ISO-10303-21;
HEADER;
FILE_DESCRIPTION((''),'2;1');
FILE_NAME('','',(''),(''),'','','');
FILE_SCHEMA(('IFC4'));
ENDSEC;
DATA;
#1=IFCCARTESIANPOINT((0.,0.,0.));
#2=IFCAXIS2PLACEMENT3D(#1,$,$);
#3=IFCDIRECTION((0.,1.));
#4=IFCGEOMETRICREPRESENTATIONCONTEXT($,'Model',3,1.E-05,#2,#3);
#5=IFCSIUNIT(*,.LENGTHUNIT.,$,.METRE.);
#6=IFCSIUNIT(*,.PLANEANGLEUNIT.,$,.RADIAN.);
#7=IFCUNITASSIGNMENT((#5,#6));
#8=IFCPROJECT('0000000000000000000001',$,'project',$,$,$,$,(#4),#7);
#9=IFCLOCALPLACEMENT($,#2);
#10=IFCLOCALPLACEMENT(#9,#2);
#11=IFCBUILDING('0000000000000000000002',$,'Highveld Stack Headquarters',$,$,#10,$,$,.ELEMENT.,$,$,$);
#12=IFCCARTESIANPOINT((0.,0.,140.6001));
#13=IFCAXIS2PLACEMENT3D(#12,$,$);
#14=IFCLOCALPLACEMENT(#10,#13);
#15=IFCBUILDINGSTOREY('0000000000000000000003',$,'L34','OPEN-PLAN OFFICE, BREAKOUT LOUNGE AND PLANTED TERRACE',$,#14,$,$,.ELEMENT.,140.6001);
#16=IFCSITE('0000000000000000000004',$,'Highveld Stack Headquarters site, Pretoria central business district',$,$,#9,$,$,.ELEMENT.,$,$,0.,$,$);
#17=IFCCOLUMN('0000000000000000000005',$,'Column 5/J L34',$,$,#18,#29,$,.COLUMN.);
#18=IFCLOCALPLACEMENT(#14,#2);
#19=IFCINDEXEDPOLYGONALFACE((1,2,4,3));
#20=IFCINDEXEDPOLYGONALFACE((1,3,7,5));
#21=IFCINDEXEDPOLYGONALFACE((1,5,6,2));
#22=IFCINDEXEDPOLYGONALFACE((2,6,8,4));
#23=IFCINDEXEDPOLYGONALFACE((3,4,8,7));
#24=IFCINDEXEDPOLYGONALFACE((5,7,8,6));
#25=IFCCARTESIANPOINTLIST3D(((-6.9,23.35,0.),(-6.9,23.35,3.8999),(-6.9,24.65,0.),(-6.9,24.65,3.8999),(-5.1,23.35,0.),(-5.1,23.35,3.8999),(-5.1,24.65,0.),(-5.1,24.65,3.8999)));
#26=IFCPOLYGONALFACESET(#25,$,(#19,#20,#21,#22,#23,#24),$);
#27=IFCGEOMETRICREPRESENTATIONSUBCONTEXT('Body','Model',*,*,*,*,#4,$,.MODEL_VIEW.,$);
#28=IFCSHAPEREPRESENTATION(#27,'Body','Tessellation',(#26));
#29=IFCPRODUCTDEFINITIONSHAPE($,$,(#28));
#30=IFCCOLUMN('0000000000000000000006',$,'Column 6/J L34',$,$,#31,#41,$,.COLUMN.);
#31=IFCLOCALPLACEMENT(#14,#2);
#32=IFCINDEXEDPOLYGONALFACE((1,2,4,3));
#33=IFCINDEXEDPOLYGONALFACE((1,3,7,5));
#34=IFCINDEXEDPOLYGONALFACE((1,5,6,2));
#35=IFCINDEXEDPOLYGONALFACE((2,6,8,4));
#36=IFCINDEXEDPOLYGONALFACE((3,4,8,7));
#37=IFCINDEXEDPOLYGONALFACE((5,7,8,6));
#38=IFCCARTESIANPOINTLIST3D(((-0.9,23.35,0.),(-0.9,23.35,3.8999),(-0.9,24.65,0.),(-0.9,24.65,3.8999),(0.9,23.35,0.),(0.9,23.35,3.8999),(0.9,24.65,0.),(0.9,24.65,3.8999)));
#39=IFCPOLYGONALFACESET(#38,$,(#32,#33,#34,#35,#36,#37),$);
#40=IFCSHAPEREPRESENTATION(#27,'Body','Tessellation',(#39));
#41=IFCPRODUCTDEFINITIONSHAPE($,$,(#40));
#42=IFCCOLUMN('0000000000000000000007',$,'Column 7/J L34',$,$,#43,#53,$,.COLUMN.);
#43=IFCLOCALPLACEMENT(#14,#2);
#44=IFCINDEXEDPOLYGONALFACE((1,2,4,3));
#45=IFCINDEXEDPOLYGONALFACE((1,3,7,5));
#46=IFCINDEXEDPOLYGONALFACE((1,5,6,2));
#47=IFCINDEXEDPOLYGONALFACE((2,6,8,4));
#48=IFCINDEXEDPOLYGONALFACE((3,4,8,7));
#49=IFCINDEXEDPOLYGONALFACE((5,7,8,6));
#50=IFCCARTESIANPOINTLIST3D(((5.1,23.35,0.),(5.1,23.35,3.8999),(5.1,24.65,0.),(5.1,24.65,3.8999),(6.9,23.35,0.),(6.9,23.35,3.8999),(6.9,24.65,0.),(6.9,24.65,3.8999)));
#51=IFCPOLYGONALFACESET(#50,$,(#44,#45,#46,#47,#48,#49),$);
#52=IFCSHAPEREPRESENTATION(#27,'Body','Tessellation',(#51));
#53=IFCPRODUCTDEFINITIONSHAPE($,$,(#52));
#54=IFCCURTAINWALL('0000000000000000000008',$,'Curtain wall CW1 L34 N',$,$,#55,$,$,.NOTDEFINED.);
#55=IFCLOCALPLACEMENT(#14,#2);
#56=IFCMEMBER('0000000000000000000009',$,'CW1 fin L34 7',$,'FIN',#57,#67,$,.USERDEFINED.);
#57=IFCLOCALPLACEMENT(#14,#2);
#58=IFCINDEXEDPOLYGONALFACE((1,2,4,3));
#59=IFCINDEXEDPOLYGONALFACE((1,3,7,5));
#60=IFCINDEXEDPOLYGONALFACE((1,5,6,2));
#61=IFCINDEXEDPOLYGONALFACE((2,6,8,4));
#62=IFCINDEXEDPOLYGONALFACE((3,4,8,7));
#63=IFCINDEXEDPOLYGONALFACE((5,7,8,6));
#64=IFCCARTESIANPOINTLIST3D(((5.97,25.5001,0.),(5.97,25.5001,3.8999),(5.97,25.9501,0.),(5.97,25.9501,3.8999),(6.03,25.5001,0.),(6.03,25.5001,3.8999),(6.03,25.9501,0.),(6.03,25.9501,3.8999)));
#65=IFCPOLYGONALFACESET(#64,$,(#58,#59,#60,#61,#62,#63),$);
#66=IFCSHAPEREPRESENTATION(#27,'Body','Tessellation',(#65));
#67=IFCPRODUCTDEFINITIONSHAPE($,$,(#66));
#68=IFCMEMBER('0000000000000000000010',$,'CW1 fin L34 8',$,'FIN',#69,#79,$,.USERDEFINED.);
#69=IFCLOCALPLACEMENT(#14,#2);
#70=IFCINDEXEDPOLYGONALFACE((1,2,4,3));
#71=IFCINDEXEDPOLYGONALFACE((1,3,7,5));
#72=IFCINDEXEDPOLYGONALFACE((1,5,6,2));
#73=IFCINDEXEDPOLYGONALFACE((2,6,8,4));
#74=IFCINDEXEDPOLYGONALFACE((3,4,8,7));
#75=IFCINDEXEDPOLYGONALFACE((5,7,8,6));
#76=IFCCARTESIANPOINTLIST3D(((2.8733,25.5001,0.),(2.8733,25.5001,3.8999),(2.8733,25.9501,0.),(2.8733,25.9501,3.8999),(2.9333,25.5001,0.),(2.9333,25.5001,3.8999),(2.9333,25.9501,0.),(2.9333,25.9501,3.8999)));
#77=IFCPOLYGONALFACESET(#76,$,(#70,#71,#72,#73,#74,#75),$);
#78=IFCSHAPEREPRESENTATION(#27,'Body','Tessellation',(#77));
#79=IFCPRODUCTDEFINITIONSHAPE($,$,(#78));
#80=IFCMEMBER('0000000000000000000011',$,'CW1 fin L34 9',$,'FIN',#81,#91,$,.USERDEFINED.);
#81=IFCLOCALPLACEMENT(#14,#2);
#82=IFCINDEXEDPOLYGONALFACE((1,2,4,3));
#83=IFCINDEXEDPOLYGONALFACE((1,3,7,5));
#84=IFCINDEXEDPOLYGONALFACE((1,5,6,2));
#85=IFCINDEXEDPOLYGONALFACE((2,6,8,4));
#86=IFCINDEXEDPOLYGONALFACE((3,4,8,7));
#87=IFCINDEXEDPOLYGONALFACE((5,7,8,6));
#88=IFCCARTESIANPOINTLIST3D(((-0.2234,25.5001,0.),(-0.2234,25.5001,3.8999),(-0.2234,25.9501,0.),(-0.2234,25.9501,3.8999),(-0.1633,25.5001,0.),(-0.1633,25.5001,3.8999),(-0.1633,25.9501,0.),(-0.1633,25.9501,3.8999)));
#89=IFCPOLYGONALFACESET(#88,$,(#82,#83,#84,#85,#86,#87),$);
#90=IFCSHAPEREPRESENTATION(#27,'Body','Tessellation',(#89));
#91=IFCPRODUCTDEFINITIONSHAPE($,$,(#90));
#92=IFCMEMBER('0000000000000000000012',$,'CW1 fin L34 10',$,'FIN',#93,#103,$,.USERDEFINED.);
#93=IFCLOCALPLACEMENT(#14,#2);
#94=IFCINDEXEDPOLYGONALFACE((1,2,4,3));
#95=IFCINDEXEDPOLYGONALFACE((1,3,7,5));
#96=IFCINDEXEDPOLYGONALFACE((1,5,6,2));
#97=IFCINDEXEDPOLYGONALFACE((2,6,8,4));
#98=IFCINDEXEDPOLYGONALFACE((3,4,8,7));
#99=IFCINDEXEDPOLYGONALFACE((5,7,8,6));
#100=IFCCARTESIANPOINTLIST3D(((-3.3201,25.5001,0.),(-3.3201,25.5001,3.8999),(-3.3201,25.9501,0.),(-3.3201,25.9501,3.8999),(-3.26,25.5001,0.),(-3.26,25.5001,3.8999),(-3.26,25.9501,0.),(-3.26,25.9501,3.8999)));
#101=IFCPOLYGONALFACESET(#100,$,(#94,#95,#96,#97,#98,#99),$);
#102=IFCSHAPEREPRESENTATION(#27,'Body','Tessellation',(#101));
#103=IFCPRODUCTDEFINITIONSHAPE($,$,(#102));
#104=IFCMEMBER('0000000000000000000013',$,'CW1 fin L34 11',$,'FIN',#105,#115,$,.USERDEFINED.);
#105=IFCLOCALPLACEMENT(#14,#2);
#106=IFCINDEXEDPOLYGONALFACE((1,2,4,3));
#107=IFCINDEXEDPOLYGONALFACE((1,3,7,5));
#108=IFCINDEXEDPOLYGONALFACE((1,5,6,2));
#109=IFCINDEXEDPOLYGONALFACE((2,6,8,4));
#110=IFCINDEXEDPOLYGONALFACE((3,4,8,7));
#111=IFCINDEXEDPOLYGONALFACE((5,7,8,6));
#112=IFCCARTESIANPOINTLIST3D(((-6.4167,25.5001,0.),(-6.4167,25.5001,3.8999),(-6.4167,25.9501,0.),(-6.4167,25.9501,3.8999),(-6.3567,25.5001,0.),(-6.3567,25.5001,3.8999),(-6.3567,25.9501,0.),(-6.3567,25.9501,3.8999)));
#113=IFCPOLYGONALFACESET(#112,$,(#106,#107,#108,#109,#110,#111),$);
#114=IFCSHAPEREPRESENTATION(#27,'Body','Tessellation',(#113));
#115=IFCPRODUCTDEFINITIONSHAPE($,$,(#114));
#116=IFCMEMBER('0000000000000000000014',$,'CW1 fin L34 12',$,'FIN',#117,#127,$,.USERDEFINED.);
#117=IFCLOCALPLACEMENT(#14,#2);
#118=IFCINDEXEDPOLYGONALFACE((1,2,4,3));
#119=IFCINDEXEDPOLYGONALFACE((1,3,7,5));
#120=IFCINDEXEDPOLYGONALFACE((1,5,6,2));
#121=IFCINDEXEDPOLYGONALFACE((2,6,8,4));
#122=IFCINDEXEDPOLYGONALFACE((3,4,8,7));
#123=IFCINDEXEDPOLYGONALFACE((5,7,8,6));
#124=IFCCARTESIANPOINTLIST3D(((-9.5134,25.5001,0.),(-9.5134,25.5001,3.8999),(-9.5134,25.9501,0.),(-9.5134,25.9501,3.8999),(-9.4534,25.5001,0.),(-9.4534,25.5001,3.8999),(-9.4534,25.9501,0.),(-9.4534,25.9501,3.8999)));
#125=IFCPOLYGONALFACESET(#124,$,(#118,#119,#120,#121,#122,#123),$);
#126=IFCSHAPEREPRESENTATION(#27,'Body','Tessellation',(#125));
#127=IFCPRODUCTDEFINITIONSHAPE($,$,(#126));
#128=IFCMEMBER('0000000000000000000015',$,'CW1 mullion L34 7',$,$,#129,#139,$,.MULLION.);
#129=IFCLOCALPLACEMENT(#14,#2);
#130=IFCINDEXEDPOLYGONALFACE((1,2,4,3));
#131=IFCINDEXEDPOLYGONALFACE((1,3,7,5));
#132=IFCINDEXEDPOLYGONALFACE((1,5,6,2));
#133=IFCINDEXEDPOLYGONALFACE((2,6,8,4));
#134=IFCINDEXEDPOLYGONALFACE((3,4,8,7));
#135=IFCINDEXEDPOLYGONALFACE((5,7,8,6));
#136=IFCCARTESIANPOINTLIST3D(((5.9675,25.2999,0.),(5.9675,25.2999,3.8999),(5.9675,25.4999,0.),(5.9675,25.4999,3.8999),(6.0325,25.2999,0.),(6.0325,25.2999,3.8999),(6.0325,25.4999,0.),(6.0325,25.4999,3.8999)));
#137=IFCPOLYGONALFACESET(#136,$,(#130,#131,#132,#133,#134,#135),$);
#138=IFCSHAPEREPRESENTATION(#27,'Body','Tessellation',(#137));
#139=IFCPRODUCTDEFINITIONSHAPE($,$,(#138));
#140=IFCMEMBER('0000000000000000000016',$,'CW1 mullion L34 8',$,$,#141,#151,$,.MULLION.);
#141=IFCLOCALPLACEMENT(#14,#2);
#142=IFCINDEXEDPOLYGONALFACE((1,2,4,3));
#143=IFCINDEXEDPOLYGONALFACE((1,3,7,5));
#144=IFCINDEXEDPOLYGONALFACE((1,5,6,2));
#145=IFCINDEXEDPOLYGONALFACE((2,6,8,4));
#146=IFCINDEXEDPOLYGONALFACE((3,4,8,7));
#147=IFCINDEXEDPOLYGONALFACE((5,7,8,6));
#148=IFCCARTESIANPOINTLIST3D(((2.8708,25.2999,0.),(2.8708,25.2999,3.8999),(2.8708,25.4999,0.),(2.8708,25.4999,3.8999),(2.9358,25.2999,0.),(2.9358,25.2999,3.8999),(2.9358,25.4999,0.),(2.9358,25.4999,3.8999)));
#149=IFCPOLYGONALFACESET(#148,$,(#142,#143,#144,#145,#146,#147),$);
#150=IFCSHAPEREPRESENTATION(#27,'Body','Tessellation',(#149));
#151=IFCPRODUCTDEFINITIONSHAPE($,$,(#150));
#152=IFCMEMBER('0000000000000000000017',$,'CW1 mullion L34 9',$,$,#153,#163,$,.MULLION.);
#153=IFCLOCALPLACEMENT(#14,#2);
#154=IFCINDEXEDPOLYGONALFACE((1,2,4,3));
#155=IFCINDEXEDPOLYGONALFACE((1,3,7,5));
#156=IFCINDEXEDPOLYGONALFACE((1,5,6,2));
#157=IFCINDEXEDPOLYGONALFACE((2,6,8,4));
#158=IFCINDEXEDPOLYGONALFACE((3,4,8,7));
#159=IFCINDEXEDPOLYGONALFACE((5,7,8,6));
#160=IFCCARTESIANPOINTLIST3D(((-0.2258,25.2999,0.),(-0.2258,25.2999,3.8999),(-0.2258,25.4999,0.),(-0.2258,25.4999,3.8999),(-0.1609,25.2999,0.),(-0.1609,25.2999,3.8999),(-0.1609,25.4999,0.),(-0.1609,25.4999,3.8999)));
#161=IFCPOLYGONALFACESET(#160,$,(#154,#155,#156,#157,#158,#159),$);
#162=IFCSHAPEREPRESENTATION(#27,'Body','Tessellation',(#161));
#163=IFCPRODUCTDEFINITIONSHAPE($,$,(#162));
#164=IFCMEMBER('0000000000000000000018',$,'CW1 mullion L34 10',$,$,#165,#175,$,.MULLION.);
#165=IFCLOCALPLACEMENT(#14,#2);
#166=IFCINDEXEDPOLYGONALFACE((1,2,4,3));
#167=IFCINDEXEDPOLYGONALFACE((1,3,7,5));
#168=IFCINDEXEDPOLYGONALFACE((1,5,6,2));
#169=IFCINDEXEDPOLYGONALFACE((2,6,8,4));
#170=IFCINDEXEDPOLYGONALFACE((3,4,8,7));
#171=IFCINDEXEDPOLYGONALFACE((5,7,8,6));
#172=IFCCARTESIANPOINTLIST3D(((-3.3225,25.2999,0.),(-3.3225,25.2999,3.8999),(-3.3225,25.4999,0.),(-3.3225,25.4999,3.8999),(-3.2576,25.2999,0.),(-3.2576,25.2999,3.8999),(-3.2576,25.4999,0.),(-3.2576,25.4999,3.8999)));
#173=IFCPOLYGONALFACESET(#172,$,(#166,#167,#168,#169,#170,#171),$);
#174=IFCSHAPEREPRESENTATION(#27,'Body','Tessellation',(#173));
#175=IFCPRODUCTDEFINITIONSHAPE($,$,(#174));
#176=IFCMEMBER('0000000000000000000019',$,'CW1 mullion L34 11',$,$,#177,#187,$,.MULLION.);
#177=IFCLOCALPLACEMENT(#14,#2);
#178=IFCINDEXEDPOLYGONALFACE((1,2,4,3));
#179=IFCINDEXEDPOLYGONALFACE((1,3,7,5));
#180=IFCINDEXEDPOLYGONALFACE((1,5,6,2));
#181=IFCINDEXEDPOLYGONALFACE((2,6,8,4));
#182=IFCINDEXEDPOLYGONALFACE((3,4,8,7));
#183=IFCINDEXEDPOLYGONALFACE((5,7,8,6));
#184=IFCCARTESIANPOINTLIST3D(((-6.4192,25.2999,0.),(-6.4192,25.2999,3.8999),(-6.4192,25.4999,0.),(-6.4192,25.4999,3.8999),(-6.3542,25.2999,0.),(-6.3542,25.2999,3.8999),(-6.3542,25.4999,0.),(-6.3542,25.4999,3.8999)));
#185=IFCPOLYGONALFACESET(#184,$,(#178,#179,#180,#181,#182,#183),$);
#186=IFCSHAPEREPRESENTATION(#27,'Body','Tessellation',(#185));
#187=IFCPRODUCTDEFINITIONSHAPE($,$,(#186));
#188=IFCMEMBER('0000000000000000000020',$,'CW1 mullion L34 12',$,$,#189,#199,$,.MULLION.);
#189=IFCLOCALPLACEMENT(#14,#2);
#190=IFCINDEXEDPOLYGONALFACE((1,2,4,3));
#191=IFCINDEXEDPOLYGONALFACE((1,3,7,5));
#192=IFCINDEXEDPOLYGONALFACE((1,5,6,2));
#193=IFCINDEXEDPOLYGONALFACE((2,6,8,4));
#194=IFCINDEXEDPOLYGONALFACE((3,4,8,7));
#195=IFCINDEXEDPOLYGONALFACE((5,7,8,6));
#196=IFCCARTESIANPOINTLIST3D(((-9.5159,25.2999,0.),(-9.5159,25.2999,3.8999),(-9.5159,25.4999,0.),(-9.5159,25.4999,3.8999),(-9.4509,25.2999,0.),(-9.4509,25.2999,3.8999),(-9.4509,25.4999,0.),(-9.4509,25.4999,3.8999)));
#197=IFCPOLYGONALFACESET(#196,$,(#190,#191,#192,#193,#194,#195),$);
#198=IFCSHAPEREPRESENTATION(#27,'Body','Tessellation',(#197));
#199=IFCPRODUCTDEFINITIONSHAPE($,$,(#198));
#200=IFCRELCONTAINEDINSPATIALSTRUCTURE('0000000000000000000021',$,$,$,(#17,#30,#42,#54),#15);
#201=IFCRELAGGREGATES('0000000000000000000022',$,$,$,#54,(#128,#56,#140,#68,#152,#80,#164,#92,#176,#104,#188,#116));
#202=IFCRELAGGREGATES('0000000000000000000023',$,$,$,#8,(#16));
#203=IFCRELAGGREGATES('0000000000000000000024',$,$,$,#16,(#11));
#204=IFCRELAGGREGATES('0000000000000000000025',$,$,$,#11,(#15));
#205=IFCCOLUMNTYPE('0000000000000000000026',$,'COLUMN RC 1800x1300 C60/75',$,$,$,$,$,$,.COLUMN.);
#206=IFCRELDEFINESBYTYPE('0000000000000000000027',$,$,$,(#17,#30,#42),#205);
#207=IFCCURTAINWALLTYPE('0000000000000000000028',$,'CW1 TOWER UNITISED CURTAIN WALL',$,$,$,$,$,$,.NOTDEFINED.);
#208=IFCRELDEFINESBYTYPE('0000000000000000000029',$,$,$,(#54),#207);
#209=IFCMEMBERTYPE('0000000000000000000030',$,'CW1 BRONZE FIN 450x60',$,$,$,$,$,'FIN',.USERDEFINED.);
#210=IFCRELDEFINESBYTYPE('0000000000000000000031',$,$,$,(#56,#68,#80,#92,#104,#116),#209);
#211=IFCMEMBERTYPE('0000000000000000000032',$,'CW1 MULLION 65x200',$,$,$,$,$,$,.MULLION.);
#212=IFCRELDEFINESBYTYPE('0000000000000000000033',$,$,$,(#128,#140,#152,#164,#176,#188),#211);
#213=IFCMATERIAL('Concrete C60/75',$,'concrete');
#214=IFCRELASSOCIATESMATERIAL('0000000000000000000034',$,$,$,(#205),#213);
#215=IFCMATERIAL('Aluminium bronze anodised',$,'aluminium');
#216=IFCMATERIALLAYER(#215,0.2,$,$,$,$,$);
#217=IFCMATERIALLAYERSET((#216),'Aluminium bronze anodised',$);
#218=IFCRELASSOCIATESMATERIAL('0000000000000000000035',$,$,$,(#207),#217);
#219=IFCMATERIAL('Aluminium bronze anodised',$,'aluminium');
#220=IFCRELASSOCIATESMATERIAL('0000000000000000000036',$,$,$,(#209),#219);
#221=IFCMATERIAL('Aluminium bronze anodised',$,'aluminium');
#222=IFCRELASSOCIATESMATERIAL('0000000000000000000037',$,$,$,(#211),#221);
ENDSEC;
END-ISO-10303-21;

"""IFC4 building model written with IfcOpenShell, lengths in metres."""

from ifc_helpers import new_model, si_unit, direction, frame, origin, origin_2d, place, context, subcontext, project, spatial, rectangle, extrude, material, layer, layer_set, material_profile, profile_set, type_object, element, aggregate, save


model = new_model("IFC4")

# Units and contexts
model_context = context("Model", 3, precision=1e-05, world=origin(), true_north=direction((0.0, 1.0)))
body_context = subcontext(model_context, "Body", "Model", "MODEL_VIEW")
ifc_project = project(units=[si_unit("LENGTHUNIT", "METRE"), si_unit("PLANEANGLEUNIT", "RADIAN")], contexts=[model_context])

# Site, building, storey
site_placement = place(None, origin())
site = spatial("IfcSite", under=ifc_project, at=site_placement, Name="Highveld Stack Headquarters site, Pretoria central business district", CompositionType="ELEMENT", RefElevation=0.0)
building_placement = place(site_placement, origin())
building = spatial("IfcBuilding", under=site, at=building_placement, Name="Highveld Stack Headquarters", CompositionType="ELEMENT")
storey_placement = place(building_placement, frame((0.0, 0.0, 140.6001)))
storey = spatial("IfcBuildingStorey", under=building, at=storey_placement, Name="L34", Description="OPEN-PLAN OFFICE, BREAKOUT LOUNGE AND PLANTED TERRACE", CompositionType="ELEMENT", Elevation=140.6001)

# Columns
ifc_material_1 = material(Name="Concrete C60/75", Category="concrete")
ifc_material_profile_1 = material_profile(ifc_material_1, rectangle(XDim=1.8, YDim=1.3, at=origin_2d()), Name="RC 1800x1300")
ifc_profile_set_1 = profile_set([ifc_material_profile_1], Name="Concrete C60/75")
column_type = type_object("IfcColumnType", Name="COLUMN RC 1800x1300 C60/75", PredefinedType="COLUMN", material=ifc_profile_set_1)
for number, where, z_axis, x_axis, name in (
    (1, (-6.0, 24.0, 0.0), (0.0, 0.0, 1.0), (1.0, 0.0, 0.0), "Column 5/J L34"),
    (2, (0.0, 24.0, 0.0), (0.0, 0.0, 1.0), (1.0, 0.0, 0.0), "Column 6/J L34"),
    (3, (6.0, 24.0, 0.0), (0.0, 0.0, 1.0), (1.0, 0.0, 0.0), "Column 7/J L34"),
):
    element("IfcColumn", number, at=place(storey_placement, frame(where, z_axis=z_axis, x_axis=x_axis)), inside=storey, type_object=column_type, Name=name, PredefinedType="COLUMN", context=body_context, shape_type="SweptSolid", body=[
        extrude(rectangle(XDim=1.8, YDim=1.3, at=origin_2d()), origin(), (0.0, 0.0, 1.0), 3.8999),
    ])

# Curtain wall, members
ifc_material_2 = material(Name="Aluminium bronze anodised", Category="aluminium")
ifc_layer_1 = layer(ifc_material_2, 0.2)
ifc_layer_set_1 = layer_set([ifc_layer_1], Name="Aluminium bronze anodised")
curtain_wall_type = type_object("IfcCurtainWallType", Name="CW1 TOWER UNITISED CURTAIN WALL", PredefinedType="NOTDEFINED", material=ifc_layer_set_1)
curtain_wall_placement = place(storey_placement, origin())
curtain_wall = element("IfcCurtainWall", 4, at=curtain_wall_placement, inside=storey, type_object=curtain_wall_type, Name="Curtain wall CW1 L34 N", PredefinedType="NOTDEFINED")
ifc_material_3 = material(Name="Aluminium bronze anodised", Category="aluminium")
ifc_material_profile_2 = material_profile(ifc_material_3, rectangle(XDim=0.45, YDim=0.0601, at=origin_2d()), Name="FIN 450x60")
ifc_profile_set_2 = profile_set([ifc_material_profile_2], Name="Aluminium bronze anodised")
member_type_1 = type_object("IfcMemberType", Name="CW1 BRONZE FIN 450x60", ElementType="FIN", PredefinedType="USERDEFINED", material=ifc_profile_set_2)
member_1_placement = place(storey_placement, frame((6.0, 25.7251, 0.0), z_axis=(0.0, 0.0, 1.0), x_axis=(0.0, -1.0, 0.0)))
member_1 = element("IfcMember", 5, at=member_1_placement, type_object=member_type_1, Name="CW1 fin L34 7", ObjectType="FIN", PredefinedType="USERDEFINED", context=body_context, shape_type="SweptSolid", body=[
    extrude(rectangle(XDim=0.45, YDim=0.0601, at=origin_2d()), origin(), (0.0, 0.0, 1.0), 3.8999),
])
member_2_placement = place(storey_placement, frame((2.9033, 25.7251, 0.0), z_axis=(0.0, 0.0, 1.0), x_axis=(0.0, -1.0, 0.0)))
member_2 = element("IfcMember", 6, at=member_2_placement, type_object=member_type_1, Name="CW1 fin L34 8", ObjectType="FIN", PredefinedType="USERDEFINED", context=body_context, shape_type="SweptSolid", body=[
    extrude(rectangle(XDim=0.45, YDim=0.0601, at=origin_2d()), origin(), (0.0, 0.0, 1.0), 3.8999),
])
member_3_placement = place(storey_placement, frame((-0.1934, 25.7251, 0.0), z_axis=(0.0, 0.0, 1.0), x_axis=(0.0, -1.0, 0.0)))
member_3 = element("IfcMember", 7, at=member_3_placement, type_object=member_type_1, Name="CW1 fin L34 9", ObjectType="FIN", PredefinedType="USERDEFINED", context=body_context, shape_type="SweptSolid", body=[
    extrude(rectangle(XDim=0.45, YDim=0.0601, at=origin_2d()), origin(), (0.0, 0.0, 1.0), 3.8999),
])
member_4_placement = place(storey_placement, frame((-3.29, 25.7251, 0.0), z_axis=(0.0, 0.0, 1.0), x_axis=(0.0, -1.0, 0.0)))
member_4 = element("IfcMember", 8, at=member_4_placement, type_object=member_type_1, Name="CW1 fin L34 10", ObjectType="FIN", PredefinedType="USERDEFINED", context=body_context, shape_type="SweptSolid", body=[
    extrude(rectangle(XDim=0.45, YDim=0.0601, at=origin_2d()), origin(), (0.0, 0.0, 1.0), 3.8999),
])
member_5_placement = place(storey_placement, frame((-6.3867, 25.7251, 0.0), z_axis=(0.0, 0.0, 1.0), x_axis=(0.0, -1.0, 0.0)))
member_5 = element("IfcMember", 9, at=member_5_placement, type_object=member_type_1, Name="CW1 fin L34 11", ObjectType="FIN", PredefinedType="USERDEFINED", context=body_context, shape_type="SweptSolid", body=[
    extrude(rectangle(XDim=0.45, YDim=0.0601, at=origin_2d()), origin(), (0.0, 0.0, 1.0), 3.8999),
])
member_6_placement = place(storey_placement, frame((-9.4834, 25.7251, 0.0), z_axis=(0.0, 0.0, 1.0), x_axis=(0.0, -1.0, 0.0)))
member_6 = element("IfcMember", 10, at=member_6_placement, type_object=member_type_1, Name="CW1 fin L34 12", ObjectType="FIN", PredefinedType="USERDEFINED", context=body_context, shape_type="SweptSolid", body=[
    extrude(rectangle(XDim=0.45, YDim=0.0601, at=origin_2d()), origin(), (0.0, 0.0, 1.0), 3.8999),
])
ifc_material_4 = material(Name="Aluminium bronze anodised", Category="aluminium")
ifc_material_profile_3 = material_profile(ifc_material_4, rectangle(XDim=0.2, YDim=0.0649, at=origin_2d()), Name="CW1 MULLION 65x200")
ifc_profile_set_3 = profile_set([ifc_material_profile_3], Name="Aluminium bronze anodised")
member_type_2 = type_object("IfcMemberType", Name="CW1 MULLION 65x200", PredefinedType="MULLION", material=ifc_profile_set_3)
member_7_placement = place(storey_placement, frame((6.0, 25.3999, 0.0), z_axis=(0.0, 0.0, 1.0), x_axis=(0.0, -1.0, 0.0)))
member_7 = element("IfcMember", 11, at=member_7_placement, type_object=member_type_2, Name="CW1 mullion L34 7", PredefinedType="MULLION", context=body_context, shape_type="SweptSolid", body=[
    extrude(rectangle(XDim=0.2, YDim=0.0649, at=origin_2d()), origin(), (0.0, 0.0, 1.0), 3.8999),
])
member_8_placement = place(storey_placement, frame((2.9033, 25.3999, 0.0), z_axis=(0.0, 0.0, 1.0), x_axis=(0.0, -1.0, 0.0)))
member_8 = element("IfcMember", 12, at=member_8_placement, type_object=member_type_2, Name="CW1 mullion L34 8", PredefinedType="MULLION", context=body_context, shape_type="SweptSolid", body=[
    extrude(rectangle(XDim=0.2, YDim=0.0649, at=origin_2d()), origin(), (0.0, 0.0, 1.0), 3.8999),
])
member_9_placement = place(storey_placement, frame((-0.1934, 25.3999, 0.0), z_axis=(0.0, 0.0, 1.0), x_axis=(0.0, -1.0, 0.0)))
member_9 = element("IfcMember", 13, at=member_9_placement, type_object=member_type_2, Name="CW1 mullion L34 9", PredefinedType="MULLION", context=body_context, shape_type="SweptSolid", body=[
    extrude(rectangle(XDim=0.2, YDim=0.0649, at=origin_2d()), origin(), (0.0, 0.0, 1.0), 3.8999),
])
member_10_placement = place(storey_placement, frame((-3.29, 25.3999, 0.0), z_axis=(0.0, 0.0, 1.0), x_axis=(0.0, -1.0, 0.0)))
member_10 = element("IfcMember", 14, at=member_10_placement, type_object=member_type_2, Name="CW1 mullion L34 10", PredefinedType="MULLION", context=body_context, shape_type="SweptSolid", body=[
    extrude(rectangle(XDim=0.2, YDim=0.0649, at=origin_2d()), origin(), (0.0, 0.0, 1.0), 3.8999),
])
member_11_placement = place(storey_placement, frame((-6.3867, 25.3999, 0.0), z_axis=(0.0, 0.0, 1.0), x_axis=(0.0, -1.0, 0.0)))
member_11 = element("IfcMember", 15, at=member_11_placement, type_object=member_type_2, Name="CW1 mullion L34 11", PredefinedType="MULLION", context=body_context, shape_type="SweptSolid", body=[
    extrude(rectangle(XDim=0.2, YDim=0.0649, at=origin_2d()), origin(), (0.0, 0.0, 1.0), 3.8999),
])
member_12_placement = place(storey_placement, frame((-9.4834, 25.3999, 0.0), z_axis=(0.0, 0.0, 1.0), x_axis=(0.0, -1.0, 0.0)))
member_12 = element("IfcMember", 16, at=member_12_placement, type_object=member_type_2, Name="CW1 mullion L34 12", PredefinedType="MULLION", context=body_context, shape_type="SweptSolid", body=[
    extrude(rectangle(XDim=0.2, YDim=0.0649, at=origin_2d()), origin(), (0.0, 0.0, 1.0), 3.8999),
])
aggregate(curtain_wall, [member_7, member_1, member_8, member_2, member_9, member_3, member_10, member_4, member_11, member_5, member_12, member_6])

save(model, "model.ifc")
